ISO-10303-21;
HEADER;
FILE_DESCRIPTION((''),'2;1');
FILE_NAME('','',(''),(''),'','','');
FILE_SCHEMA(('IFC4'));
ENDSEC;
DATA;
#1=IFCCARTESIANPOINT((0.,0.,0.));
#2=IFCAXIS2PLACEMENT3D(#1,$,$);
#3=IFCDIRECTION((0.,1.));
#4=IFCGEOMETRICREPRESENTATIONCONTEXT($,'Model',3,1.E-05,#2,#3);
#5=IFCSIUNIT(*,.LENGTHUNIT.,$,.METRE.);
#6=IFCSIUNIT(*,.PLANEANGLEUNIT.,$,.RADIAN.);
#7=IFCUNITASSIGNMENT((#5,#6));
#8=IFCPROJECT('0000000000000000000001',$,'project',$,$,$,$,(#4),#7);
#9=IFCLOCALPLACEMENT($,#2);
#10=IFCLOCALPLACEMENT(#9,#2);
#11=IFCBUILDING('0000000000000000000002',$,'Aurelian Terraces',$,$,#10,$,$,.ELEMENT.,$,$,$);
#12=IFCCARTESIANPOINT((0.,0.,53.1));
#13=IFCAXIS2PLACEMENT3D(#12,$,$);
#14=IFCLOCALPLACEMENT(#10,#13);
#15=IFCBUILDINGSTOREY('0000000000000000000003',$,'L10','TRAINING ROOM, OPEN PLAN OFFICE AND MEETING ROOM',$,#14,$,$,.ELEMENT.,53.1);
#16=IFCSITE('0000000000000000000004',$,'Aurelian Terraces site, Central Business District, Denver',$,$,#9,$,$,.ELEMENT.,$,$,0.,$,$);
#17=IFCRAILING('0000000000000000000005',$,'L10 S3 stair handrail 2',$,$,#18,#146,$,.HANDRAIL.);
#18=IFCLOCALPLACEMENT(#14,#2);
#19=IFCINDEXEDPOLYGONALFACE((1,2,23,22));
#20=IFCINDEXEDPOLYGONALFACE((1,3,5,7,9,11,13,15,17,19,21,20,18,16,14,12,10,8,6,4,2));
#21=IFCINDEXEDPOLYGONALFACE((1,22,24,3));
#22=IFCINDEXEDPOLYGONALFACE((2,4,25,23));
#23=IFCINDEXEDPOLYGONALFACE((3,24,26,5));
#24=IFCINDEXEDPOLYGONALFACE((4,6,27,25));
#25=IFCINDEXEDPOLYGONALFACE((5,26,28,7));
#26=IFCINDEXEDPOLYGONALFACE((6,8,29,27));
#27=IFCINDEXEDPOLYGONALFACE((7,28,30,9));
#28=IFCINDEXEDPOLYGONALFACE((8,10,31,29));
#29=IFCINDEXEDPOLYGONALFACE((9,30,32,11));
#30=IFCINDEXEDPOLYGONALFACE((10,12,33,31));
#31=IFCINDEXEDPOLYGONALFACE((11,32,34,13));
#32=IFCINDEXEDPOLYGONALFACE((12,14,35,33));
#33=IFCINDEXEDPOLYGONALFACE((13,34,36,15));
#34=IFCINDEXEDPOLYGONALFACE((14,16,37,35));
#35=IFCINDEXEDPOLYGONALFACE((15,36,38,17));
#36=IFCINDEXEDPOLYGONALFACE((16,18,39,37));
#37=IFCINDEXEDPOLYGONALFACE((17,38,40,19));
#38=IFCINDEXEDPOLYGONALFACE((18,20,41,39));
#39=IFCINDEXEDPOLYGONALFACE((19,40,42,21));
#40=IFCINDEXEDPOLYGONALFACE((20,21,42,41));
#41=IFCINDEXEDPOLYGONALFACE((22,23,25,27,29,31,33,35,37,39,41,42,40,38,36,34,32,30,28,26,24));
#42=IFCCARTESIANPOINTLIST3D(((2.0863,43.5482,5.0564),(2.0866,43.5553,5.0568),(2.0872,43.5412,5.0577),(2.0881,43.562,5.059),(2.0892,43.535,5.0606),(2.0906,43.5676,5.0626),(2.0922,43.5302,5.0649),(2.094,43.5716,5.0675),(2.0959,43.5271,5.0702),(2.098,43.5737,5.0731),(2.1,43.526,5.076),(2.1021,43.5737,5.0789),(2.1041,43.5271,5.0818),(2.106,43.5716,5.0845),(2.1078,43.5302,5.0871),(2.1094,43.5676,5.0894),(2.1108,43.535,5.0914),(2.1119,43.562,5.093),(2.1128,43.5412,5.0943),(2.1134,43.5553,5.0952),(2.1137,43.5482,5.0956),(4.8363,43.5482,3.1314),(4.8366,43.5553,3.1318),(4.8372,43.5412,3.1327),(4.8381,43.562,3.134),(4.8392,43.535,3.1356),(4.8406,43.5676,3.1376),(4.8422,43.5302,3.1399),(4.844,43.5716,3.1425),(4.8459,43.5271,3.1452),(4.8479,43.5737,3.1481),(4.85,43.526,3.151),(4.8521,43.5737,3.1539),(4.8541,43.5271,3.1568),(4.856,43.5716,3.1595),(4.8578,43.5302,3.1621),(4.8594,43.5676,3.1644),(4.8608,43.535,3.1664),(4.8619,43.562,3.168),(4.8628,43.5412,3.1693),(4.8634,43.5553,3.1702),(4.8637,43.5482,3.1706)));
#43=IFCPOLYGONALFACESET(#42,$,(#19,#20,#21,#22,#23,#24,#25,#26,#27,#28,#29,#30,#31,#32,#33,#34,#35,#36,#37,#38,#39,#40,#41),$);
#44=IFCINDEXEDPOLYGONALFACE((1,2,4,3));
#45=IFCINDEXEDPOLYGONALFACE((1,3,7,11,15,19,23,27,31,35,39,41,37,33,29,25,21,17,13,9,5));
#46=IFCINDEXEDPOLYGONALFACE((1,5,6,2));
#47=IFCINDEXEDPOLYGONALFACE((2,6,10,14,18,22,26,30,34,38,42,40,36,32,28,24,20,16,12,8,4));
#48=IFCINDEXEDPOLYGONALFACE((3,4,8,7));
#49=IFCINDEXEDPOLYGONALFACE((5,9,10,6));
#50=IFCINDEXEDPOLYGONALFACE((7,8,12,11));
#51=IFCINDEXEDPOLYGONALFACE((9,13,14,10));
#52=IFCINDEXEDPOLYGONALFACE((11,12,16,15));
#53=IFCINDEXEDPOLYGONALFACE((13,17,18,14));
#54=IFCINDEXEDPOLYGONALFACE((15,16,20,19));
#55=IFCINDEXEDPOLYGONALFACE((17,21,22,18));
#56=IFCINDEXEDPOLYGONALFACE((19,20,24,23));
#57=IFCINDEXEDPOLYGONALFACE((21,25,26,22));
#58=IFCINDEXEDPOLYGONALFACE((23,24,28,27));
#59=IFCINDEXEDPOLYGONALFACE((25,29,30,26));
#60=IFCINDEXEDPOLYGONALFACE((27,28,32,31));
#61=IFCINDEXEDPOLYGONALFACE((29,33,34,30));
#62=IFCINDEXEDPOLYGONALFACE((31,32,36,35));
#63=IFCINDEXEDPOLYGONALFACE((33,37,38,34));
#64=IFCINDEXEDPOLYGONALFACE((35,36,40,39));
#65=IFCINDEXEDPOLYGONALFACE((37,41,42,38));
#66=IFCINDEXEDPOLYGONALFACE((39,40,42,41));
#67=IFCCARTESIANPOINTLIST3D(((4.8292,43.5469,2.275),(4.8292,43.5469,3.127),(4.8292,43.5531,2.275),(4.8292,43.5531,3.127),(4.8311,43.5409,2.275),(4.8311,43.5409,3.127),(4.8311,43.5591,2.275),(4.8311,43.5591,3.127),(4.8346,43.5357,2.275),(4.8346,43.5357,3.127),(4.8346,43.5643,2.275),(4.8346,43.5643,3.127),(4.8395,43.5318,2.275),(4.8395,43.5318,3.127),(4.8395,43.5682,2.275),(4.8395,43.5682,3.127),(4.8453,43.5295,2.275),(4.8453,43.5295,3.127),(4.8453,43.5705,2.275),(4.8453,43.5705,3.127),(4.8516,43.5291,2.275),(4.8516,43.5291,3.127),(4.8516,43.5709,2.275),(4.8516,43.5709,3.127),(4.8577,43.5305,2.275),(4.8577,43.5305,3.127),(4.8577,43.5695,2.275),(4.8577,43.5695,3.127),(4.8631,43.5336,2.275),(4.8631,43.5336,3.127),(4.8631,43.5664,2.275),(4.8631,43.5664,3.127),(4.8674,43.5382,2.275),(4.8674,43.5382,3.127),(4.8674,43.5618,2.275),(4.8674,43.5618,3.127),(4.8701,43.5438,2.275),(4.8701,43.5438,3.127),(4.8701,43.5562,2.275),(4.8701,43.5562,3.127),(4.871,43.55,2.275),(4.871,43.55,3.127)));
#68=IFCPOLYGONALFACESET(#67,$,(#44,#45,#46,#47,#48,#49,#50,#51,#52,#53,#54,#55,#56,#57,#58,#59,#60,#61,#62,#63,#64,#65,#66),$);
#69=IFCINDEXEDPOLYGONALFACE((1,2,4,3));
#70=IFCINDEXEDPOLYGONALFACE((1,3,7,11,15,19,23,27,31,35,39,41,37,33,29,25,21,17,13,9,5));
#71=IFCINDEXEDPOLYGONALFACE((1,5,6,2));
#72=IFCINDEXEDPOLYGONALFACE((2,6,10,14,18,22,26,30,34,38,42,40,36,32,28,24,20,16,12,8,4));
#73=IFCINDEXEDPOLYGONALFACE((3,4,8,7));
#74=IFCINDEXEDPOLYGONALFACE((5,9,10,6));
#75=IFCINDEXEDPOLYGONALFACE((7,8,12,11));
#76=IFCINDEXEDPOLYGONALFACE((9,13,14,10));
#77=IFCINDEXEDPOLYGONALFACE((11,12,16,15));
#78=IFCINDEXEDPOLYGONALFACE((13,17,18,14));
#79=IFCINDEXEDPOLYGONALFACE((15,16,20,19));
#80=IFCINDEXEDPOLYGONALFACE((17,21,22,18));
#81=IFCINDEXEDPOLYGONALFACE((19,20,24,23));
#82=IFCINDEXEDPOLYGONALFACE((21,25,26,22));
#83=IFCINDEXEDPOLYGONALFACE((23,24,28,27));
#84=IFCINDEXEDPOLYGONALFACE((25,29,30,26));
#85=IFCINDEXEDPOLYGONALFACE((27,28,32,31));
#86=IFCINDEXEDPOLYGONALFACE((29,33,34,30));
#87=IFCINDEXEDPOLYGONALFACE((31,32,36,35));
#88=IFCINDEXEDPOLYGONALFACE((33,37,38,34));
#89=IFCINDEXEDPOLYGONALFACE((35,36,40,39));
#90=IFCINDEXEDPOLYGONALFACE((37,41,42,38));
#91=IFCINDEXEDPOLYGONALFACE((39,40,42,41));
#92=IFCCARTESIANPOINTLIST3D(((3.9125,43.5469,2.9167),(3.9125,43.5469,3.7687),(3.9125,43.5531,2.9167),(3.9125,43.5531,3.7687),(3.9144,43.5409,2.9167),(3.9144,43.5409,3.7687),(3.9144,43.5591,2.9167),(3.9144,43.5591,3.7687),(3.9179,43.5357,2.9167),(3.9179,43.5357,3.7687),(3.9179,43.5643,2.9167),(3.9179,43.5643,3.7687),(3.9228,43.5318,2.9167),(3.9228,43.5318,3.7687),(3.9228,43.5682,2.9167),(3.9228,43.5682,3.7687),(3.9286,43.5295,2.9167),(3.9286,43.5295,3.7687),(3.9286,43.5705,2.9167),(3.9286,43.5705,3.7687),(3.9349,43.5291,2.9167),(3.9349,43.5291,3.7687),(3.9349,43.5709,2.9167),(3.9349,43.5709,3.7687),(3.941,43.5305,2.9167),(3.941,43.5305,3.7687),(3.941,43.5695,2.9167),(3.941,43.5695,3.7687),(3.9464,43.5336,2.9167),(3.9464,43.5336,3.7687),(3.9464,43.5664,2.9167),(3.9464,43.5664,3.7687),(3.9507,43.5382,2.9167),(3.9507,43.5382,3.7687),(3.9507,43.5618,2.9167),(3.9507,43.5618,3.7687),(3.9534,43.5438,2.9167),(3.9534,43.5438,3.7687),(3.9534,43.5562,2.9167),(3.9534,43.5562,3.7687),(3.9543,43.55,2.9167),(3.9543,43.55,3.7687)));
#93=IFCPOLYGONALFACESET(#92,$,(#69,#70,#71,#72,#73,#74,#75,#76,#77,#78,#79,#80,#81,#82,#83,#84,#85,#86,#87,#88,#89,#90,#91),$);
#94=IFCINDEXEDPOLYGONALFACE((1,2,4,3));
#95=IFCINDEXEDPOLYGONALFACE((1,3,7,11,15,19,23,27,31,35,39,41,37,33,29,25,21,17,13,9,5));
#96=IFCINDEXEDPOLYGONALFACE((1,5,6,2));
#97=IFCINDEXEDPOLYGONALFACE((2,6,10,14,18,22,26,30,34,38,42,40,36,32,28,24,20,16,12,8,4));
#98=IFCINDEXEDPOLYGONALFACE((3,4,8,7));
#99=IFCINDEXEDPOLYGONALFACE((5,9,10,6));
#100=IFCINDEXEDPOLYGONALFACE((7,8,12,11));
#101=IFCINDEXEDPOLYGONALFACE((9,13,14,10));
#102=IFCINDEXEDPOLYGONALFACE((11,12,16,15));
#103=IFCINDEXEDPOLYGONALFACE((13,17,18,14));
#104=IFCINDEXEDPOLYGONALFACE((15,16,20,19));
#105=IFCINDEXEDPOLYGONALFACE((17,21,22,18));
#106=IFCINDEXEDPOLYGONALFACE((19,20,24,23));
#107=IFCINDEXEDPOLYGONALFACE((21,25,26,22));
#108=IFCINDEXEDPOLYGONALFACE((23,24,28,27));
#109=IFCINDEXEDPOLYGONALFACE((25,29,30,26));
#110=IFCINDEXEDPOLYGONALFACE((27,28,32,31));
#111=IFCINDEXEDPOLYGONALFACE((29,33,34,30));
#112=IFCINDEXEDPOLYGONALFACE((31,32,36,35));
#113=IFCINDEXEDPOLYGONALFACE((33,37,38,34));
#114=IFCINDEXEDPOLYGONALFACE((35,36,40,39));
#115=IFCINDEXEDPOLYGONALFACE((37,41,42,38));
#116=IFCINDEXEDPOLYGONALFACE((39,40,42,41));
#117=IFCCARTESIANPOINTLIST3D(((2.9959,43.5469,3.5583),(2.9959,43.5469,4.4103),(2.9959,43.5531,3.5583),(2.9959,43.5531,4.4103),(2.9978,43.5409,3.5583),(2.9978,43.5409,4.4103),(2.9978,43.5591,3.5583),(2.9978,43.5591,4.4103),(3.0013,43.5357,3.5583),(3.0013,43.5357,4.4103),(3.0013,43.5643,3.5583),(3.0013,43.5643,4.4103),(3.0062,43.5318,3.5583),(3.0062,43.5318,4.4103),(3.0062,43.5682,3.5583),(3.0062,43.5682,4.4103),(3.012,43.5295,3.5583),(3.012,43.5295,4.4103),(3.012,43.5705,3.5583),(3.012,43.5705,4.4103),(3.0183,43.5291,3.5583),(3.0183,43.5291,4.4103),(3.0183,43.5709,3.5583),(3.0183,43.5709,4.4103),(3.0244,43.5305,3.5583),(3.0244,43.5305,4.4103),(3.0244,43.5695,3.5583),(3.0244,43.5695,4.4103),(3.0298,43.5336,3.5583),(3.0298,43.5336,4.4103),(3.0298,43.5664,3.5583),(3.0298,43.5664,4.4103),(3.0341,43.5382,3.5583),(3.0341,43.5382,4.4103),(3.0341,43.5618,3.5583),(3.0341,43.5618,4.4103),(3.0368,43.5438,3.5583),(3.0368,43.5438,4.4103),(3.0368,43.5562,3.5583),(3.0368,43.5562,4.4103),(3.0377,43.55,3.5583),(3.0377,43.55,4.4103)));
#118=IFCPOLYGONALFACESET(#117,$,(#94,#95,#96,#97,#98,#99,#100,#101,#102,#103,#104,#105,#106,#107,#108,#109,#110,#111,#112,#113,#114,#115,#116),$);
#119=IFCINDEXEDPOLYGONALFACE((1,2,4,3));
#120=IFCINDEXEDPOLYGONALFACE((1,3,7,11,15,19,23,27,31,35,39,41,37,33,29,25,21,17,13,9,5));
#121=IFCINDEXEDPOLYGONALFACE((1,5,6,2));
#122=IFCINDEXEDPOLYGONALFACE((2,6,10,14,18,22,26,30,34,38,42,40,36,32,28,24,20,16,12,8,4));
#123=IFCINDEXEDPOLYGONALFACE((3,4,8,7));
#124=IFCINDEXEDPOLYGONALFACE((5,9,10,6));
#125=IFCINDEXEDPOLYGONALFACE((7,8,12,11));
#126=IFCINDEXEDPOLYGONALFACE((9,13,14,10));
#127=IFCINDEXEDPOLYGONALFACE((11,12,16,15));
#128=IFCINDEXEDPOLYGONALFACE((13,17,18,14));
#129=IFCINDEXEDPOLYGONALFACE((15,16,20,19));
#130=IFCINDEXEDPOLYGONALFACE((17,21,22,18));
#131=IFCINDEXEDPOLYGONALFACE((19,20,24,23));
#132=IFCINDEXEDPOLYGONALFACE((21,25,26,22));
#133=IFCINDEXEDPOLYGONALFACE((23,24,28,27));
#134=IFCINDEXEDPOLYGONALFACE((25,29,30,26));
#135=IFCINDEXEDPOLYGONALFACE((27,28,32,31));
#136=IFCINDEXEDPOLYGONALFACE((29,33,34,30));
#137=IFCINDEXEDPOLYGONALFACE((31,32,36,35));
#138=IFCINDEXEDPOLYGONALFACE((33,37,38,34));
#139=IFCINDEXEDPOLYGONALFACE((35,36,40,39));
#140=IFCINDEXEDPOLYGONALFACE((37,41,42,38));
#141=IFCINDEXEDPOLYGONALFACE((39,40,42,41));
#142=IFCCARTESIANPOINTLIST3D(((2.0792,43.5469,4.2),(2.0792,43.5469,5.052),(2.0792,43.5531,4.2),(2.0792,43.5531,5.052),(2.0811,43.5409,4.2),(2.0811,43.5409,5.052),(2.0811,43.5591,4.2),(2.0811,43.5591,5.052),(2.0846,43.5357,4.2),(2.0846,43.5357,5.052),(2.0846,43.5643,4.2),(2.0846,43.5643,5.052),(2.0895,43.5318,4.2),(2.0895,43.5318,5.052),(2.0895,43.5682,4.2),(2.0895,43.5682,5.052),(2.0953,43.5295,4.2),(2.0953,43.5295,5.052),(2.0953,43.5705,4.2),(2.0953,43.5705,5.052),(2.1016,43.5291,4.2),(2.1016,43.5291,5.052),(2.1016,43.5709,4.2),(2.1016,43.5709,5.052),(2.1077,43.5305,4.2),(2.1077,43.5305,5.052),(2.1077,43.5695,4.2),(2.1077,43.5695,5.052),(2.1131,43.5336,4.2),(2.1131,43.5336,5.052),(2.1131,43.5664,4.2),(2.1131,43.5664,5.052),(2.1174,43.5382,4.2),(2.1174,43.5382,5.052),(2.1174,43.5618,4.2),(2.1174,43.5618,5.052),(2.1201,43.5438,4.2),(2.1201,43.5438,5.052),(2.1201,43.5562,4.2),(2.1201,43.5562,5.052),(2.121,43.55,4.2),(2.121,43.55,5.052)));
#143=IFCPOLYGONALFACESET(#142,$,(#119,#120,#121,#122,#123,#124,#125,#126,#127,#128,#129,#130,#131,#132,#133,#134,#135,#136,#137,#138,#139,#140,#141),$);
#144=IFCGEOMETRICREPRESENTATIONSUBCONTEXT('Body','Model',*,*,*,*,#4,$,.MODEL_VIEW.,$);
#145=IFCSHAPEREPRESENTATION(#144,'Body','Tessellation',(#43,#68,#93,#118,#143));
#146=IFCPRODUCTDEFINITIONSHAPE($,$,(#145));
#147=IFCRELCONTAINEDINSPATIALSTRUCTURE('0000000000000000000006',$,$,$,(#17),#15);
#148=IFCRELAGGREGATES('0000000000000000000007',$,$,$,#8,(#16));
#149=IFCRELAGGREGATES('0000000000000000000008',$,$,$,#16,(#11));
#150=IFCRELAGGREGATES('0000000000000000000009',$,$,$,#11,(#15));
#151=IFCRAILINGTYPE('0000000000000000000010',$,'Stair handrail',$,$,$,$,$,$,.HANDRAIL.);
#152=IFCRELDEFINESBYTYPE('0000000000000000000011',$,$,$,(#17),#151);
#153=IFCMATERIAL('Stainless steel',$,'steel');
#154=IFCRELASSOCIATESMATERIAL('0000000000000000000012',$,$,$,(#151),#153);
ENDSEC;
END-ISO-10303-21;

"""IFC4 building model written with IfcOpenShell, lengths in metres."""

from ifc_helpers import new_model, si_unit, direction, frame, origin, origin_2d, place, context, subcontext, project, spatial, circle, extrude, source, transform, mapped, material, type_object, element, save


model = new_model("IFC4")

# Units and contexts
model_context = context("Model", 3, precision=1e-05, world=origin(), true_north=direction((0.0, 1.0)))
body_context = subcontext(model_context, "Body", "Model", "MODEL_VIEW")
ifc_project = project(units=[si_unit("LENGTHUNIT", "METRE"), si_unit("PLANEANGLEUNIT", "RADIAN")], contexts=[model_context])

# Site, building, storey
site_placement = place(None, origin())
site = spatial("IfcSite", under=ifc_project, at=site_placement, Name="Aurelian Terraces site, Central Business District, Denver", CompositionType="ELEMENT", RefElevation=0.0)
building_placement = place(site_placement, origin())
building = spatial("IfcBuilding", under=site, at=building_placement, Name="Aurelian Terraces", CompositionType="ELEMENT")
storey_placement = place(building_placement, frame((0.0, 0.0, 53.1)))
storey = spatial("IfcBuildingStorey", under=building, at=storey_placement, Name="L10", Description="TRAINING ROOM, OPEN PLAN OFFICE AND MEETING ROOM", CompositionType="ELEMENT", Elevation=53.1)

# Railing
ifc_material_1 = material(Name="Stainless steel", Category="steel")
railing_type_1 = type_object("IfcRailingType", Name="Stair handrail", PredefinedType="HANDRAIL", material=ifc_material_1)
shared_shape_1 = source(origin(), body_context, "Body", "SweptSolid", [
    extrude(circle(Radius=0.024, at=origin_2d()), frame((0.0, 0.0, 0.876), z_axis=(-0.819232, 0.0, 0.573462), x_axis=(0.0, -1.0, 0.0)), (0.0, 0.0, 1.0), 3.3568),
    extrude(circle(Radius=0.021, at=origin_2d()), origin(), (0.0, 0.0, 1.0), 0.852),
    extrude(circle(Radius=0.021, at=origin_2d()), frame((-0.9167, 0.0, 0.6417)), (0.0, 0.0, 1.0), 0.852),
    extrude(circle(Radius=0.021, at=origin_2d()), frame((-1.8333, 0.0, 1.2833)), (0.0, 0.0, 1.0), 0.852),
    extrude(circle(Radius=0.021, at=origin_2d()), frame((-2.75, 0.0, 1.925)), (0.0, 0.0, 1.0), 0.852),
])
railing_1_placement = place(storey_placement, frame((4.85, 43.55, 2.275)))
element("IfcRailing", 1, at=railing_1_placement, inside=storey, type_object=railing_type_1, Name="L10 S3 stair handrail 2", PredefinedType="HANDRAIL", context=body_context, shape_type="MappedRepresentation", body=[
    mapped(shared_shape_1, transform((0.0, 0.0, 0.0), scale=1.0)),
])

save(model, "model.ifc")
